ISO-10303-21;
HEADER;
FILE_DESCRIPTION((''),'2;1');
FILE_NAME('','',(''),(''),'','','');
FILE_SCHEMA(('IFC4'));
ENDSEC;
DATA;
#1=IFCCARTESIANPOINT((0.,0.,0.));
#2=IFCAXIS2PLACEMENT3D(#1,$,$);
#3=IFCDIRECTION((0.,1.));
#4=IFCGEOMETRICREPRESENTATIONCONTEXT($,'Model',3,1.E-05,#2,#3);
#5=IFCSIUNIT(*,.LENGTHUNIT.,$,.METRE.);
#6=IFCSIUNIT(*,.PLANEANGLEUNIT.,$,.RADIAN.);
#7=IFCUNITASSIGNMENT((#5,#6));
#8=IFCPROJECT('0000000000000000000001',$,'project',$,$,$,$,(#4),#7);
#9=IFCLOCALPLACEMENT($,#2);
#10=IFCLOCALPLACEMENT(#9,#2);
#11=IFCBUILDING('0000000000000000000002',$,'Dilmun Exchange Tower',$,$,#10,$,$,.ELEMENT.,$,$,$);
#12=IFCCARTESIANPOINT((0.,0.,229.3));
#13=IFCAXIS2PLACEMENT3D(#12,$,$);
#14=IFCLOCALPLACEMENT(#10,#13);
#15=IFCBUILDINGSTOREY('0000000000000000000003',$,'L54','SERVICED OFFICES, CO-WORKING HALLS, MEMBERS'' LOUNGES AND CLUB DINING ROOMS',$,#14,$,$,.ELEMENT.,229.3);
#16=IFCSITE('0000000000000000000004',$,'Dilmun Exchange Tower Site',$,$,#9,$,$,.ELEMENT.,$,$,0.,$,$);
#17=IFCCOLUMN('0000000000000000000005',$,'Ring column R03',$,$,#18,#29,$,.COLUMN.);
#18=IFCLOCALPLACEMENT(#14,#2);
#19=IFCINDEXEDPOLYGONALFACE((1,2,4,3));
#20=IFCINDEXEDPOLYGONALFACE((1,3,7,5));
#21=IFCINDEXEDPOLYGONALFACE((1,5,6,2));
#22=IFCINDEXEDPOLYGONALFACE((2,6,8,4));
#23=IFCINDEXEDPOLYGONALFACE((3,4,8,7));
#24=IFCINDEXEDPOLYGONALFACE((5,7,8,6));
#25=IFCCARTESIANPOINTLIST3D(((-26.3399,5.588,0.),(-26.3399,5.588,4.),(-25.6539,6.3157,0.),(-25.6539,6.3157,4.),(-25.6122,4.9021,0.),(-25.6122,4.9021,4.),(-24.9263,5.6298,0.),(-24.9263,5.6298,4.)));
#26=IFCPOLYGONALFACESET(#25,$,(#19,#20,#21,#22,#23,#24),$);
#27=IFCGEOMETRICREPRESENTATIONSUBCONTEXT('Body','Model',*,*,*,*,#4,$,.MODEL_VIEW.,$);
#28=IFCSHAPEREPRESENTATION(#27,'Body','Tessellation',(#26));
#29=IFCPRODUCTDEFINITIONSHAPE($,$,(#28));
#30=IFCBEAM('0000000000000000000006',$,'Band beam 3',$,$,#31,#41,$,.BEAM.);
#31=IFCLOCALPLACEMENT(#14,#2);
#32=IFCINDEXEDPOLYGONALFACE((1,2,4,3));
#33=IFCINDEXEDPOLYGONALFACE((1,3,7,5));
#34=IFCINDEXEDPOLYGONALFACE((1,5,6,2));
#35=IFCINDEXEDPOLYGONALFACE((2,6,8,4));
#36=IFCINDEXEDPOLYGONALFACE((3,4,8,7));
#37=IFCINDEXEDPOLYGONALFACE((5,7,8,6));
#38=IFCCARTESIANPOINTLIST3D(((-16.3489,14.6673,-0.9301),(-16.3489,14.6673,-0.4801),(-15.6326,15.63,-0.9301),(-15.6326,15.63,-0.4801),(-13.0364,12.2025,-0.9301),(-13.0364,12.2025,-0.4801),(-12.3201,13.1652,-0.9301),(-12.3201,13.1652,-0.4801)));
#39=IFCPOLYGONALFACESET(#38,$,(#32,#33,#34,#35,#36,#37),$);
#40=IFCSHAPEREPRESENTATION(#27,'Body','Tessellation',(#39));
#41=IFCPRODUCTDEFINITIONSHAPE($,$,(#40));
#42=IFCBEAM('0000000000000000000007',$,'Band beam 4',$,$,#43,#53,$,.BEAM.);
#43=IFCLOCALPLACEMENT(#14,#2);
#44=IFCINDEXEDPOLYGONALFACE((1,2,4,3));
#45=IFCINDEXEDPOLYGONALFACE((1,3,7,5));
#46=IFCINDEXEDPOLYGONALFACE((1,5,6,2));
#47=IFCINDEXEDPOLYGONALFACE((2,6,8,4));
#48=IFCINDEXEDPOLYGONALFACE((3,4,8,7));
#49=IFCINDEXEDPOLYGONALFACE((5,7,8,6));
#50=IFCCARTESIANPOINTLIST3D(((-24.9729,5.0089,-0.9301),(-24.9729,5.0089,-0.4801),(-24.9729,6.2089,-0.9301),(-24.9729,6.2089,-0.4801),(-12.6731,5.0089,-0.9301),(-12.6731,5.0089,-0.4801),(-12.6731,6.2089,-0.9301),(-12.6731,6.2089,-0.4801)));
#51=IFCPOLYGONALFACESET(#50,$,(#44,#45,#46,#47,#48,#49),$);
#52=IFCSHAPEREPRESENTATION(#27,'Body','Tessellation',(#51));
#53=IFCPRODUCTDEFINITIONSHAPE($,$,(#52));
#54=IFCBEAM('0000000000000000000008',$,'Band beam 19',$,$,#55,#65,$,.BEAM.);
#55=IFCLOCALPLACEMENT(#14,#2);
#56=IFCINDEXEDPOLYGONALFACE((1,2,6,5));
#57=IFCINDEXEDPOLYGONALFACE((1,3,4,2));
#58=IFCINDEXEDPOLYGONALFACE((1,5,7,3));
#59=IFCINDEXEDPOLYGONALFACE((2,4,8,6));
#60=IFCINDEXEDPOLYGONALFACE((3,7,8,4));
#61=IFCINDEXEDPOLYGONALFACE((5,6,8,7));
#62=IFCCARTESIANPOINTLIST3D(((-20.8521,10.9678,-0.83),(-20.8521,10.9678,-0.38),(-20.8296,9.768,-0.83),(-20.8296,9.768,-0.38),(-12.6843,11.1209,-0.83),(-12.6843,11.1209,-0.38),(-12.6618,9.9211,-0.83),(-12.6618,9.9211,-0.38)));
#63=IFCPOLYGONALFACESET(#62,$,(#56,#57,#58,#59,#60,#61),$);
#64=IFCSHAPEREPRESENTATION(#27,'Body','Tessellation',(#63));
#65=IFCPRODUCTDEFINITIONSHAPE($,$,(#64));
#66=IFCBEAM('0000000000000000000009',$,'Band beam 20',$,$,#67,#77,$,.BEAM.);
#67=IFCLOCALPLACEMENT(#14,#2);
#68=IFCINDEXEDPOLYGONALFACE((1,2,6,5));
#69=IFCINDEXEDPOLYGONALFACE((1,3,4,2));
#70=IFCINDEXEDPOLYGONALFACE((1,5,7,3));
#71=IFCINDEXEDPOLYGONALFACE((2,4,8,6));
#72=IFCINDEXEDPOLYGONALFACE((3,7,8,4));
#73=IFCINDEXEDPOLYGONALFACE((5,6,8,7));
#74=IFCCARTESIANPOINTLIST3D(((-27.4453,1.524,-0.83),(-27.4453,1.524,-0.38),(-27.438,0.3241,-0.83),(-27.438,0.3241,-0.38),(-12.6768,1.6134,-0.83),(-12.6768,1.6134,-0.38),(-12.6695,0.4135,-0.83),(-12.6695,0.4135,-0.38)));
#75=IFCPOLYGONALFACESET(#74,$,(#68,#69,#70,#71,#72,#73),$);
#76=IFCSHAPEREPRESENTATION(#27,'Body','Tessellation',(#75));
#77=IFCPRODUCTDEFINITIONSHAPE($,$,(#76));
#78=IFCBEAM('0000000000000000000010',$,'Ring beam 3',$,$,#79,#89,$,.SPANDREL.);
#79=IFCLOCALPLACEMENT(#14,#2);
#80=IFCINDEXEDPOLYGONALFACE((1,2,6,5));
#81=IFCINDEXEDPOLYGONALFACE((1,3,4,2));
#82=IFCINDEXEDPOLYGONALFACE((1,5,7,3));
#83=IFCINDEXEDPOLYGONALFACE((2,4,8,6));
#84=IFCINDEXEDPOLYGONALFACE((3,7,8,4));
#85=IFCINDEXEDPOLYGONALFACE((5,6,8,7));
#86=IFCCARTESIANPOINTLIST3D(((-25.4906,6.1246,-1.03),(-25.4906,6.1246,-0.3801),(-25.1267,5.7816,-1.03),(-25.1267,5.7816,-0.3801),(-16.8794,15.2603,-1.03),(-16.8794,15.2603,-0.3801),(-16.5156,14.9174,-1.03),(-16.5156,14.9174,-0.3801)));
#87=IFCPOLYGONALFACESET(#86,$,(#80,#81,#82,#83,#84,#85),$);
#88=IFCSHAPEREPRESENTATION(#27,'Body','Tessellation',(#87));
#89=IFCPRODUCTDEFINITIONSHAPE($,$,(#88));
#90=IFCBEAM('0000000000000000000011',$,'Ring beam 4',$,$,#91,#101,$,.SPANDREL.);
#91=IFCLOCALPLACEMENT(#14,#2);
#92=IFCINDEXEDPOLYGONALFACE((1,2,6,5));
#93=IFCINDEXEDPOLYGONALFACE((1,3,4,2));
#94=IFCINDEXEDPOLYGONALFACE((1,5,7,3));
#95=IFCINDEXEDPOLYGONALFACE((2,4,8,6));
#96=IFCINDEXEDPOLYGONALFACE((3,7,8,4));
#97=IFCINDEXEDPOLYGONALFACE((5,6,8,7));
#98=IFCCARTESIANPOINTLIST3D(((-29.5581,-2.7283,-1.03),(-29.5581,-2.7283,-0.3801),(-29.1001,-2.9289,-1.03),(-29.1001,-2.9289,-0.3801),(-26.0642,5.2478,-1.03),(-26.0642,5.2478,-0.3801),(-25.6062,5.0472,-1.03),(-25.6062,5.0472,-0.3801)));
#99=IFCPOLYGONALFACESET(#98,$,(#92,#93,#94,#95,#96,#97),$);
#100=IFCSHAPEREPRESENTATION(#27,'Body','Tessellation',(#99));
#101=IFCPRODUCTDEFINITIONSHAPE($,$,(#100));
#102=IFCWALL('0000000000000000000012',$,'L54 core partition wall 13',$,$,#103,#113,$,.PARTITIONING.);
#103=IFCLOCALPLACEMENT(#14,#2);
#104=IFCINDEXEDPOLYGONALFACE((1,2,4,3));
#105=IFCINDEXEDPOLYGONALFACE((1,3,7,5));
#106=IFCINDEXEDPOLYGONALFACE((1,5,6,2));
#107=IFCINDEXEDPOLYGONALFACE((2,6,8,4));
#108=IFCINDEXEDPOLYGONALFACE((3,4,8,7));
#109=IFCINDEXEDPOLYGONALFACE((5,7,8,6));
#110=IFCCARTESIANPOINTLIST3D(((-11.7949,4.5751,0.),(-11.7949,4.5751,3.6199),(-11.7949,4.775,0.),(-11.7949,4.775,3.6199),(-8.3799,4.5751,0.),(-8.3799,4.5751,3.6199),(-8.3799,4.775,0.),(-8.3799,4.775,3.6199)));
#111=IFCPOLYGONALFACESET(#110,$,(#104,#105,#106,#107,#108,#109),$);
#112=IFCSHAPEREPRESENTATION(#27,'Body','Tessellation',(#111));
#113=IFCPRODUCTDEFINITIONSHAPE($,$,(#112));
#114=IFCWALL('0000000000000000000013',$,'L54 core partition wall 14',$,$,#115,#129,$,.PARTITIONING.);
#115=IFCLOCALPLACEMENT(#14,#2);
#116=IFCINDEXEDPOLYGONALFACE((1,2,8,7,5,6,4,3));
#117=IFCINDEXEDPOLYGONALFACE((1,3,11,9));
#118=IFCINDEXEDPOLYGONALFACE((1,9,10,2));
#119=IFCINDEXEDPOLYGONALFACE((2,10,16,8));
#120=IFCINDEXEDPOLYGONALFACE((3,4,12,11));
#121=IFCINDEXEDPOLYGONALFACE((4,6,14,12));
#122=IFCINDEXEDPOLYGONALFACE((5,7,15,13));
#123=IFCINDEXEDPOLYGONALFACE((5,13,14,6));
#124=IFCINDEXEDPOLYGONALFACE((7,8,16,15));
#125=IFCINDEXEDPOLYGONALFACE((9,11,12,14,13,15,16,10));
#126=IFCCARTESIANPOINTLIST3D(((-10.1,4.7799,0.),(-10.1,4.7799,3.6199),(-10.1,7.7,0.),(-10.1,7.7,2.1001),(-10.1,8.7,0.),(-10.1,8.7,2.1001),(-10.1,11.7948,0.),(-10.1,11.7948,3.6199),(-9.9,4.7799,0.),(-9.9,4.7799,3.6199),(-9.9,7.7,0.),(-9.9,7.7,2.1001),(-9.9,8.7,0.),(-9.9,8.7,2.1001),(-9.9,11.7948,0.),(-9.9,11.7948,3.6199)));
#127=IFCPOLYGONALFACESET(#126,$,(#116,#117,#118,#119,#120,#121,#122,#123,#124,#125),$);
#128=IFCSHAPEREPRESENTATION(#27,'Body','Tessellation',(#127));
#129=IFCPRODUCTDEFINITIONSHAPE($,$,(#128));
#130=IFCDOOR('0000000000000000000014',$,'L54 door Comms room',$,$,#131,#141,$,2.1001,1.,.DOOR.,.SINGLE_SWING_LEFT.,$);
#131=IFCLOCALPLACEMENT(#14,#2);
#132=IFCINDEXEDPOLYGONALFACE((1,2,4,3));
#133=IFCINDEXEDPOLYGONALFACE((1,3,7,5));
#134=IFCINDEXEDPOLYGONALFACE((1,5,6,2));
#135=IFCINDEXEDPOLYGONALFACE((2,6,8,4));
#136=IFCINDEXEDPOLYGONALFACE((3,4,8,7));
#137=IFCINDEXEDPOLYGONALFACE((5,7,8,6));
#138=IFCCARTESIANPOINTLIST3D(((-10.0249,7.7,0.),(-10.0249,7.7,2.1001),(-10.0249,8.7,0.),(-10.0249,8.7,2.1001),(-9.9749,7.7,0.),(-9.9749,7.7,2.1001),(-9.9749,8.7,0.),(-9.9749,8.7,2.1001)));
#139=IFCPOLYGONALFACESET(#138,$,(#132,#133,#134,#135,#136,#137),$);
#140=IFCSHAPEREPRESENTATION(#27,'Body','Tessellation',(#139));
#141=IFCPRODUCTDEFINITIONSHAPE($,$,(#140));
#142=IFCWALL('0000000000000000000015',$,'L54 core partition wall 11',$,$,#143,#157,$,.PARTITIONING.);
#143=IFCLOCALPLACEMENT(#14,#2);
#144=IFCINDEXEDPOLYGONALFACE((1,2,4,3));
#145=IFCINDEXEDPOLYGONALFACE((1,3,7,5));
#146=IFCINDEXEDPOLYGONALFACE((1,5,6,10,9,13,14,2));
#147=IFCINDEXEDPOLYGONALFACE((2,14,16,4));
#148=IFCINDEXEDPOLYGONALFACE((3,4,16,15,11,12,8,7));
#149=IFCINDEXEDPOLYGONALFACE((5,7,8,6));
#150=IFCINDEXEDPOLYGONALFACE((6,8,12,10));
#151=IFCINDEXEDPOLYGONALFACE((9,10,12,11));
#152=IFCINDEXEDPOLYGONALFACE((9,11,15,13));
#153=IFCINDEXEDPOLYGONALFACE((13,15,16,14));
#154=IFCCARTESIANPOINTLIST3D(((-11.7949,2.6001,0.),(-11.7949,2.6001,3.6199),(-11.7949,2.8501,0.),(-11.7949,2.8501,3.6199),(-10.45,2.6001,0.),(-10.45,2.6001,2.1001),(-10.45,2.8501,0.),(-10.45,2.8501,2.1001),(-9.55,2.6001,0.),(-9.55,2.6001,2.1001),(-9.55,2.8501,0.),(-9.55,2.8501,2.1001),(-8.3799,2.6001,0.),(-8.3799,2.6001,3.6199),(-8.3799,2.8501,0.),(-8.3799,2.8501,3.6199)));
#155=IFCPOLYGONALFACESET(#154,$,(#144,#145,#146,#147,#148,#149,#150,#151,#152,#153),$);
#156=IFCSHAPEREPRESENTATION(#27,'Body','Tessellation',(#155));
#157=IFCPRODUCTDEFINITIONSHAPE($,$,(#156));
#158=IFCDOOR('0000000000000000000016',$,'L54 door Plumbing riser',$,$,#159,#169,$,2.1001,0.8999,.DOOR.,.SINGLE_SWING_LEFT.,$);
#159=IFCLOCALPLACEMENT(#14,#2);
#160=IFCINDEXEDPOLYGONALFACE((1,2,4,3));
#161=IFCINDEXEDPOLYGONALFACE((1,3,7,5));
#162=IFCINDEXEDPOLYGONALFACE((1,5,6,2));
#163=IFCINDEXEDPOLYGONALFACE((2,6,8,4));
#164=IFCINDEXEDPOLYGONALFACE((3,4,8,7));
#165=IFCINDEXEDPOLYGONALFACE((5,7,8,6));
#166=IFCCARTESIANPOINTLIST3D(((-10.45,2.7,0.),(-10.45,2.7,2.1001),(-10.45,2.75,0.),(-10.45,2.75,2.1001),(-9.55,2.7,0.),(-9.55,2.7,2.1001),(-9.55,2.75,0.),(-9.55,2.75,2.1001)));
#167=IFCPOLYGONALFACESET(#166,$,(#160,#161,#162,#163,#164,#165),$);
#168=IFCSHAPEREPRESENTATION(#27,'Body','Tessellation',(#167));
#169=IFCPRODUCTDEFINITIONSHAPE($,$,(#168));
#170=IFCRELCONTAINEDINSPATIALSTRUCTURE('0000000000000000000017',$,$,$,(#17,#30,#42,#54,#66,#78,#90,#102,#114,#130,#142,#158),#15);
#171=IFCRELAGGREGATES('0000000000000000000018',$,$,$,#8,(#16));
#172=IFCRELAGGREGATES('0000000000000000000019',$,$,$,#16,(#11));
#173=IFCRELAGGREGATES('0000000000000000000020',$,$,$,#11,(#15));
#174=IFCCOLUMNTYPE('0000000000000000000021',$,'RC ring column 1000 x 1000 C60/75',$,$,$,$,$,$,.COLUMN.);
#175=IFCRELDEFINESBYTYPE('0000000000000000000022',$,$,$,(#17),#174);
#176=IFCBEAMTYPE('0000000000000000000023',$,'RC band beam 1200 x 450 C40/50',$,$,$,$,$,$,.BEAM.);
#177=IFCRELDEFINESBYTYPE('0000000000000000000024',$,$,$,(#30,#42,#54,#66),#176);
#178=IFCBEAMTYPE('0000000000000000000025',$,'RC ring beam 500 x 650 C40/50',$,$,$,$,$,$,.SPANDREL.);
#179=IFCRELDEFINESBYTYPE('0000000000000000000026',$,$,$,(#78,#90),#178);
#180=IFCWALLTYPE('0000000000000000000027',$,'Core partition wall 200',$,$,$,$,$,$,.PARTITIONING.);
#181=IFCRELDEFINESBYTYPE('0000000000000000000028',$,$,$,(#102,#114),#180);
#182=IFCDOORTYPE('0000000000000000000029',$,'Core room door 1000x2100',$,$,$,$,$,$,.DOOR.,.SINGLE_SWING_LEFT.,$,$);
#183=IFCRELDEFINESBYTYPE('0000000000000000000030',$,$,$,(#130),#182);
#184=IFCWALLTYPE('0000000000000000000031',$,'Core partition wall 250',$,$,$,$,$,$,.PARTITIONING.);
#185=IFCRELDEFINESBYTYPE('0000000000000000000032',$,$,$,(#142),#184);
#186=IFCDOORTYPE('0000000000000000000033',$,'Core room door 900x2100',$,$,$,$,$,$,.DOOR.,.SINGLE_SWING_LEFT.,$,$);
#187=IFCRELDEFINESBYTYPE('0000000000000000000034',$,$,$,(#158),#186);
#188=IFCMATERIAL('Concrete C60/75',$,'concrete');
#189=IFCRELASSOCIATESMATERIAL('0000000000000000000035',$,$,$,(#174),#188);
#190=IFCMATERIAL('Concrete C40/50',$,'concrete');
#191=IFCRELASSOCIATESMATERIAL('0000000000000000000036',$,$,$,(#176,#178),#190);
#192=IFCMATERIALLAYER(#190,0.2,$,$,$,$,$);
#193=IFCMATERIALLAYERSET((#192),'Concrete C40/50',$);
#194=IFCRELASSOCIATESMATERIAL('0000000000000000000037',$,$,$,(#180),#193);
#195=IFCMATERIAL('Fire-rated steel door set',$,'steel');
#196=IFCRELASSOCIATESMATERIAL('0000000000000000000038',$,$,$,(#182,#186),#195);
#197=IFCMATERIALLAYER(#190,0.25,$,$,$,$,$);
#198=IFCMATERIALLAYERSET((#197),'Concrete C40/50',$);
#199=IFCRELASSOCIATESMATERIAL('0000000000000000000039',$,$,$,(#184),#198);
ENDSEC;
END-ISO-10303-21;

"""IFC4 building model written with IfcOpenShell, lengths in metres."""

from ifc_helpers import new_model, si_unit, direction, frame, frame_2d, origin, origin_2d, place, context, subcontext, project, spatial, rectangle, extrude, material, layer, layer_set, material_profile, profile_set, type_object, element, fill, save


model = new_model("IFC4")

# Units and contexts
model_context = context("Model", 3, precision=1e-05, world=origin(), true_north=direction((0.0, 1.0)))
body_context = subcontext(model_context, "Body", "Model", "MODEL_VIEW")
ifc_project = project(units=[si_unit("LENGTHUNIT", "METRE"), si_unit("PLANEANGLEUNIT", "RADIAN")], contexts=[model_context])

# Site, building, storey
site_placement = place(None, origin())
site = spatial("IfcSite", under=ifc_project, at=site_placement, Name="Dilmun Exchange Tower Site", CompositionType="ELEMENT", RefElevation=0.0)
building_placement = place(site_placement, origin())
building = spatial("IfcBuilding", under=site, at=building_placement, Name="Dilmun Exchange Tower", CompositionType="ELEMENT")
storey_placement = place(building_placement, frame((0.0, 0.0, 229.3)))
storey = spatial("IfcBuildingStorey", under=building, at=storey_placement, Name="L54", Description="SERVICED OFFICES, CO-WORKING HALLS, MEMBERS' LOUNGES AND CLUB DINING ROOMS", CompositionType="ELEMENT", Elevation=229.3)

# Column
ifc_material_1 = material(Name="Concrete C60/75", Category="concrete")
ifc_material_profile_1 = material_profile(ifc_material_1, rectangle(XDim=1.0, YDim=1.0, at=origin_2d()), Name="1000 x 1000")
ifc_profile_set_1 = profile_set([ifc_material_profile_1], Name="Concrete C60/75")
column_type = type_object("IfcColumnType", Name="RC ring column 1000 x 1000 C60/75", PredefinedType="COLUMN", material=ifc_profile_set_1)
column_placement = place(storey_placement, frame((-25.6331, 5.6089, 0.0), z_axis=(0.0, 0.0, 1.0), x_axis=(0.685916, 0.727681, 0.0)))
element("IfcColumn", 1, at=column_placement, inside=storey, type_object=column_type, Name="Ring column R03", PredefinedType="COLUMN", context=body_context, shape_type="SweptSolid", body=[
    extrude(rectangle(XDim=1.0, YDim=1.0, at=origin_2d()), origin(), (0.0, 0.0, 1.0), 4.0),
])

# Beams
ifc_material_2 = material(Name="Concrete C40/50", Category="concrete")
ifc_material_profile_2 = material_profile(ifc_material_2, rectangle(XDim=1.2, YDim=0.45, at=origin_2d()), Name="1200 x 450")
ifc_profile_set_2 = profile_set([ifc_material_profile_2], Name="Concrete C40/50")
beam_type_1 = type_object("IfcBeamType", Name="RC band beam 1200 x 450 C40/50", PredefinedType="BEAM", material=ifc_profile_set_2)
beam_1_placement = place(storey_placement, frame((-15.9907, 15.1487, -0.7051), z_axis=(0.802265, -0.596968, 0.0), x_axis=(0.596968, 0.802265, 0.0)))
element("IfcBeam", 2, at=beam_1_placement, inside=storey, type_object=beam_type_1, Name="Band beam 3", PredefinedType="BEAM", context=body_context, shape_type="SweptSolid", body=[
    extrude(rectangle(XDim=1.2, YDim=0.45, at=origin_2d()), origin(), (0.0, 0.0, 1.0), 4.1289),
])
beam_2_placement = place(storey_placement, frame((-24.9729, 5.6089, -0.7051), z_axis=(1.0, 0.0, 0.0), x_axis=(0.0, 1.0, 0.0)))
element("IfcBeam", 3, at=beam_2_placement, inside=storey, type_object=beam_type_1, Name="Band beam 4", PredefinedType="BEAM", context=body_context, shape_type="SweptSolid", body=[
    extrude(rectangle(XDim=1.2, YDim=0.45, at=origin_2d()), origin(), (0.0, 0.0, 1.0), 12.2998),
])
beam_3_placement = place(storey_placement, frame((-20.8408, 10.3679, -0.605), z_axis=(0.999824, 0.018738, 0.0), x_axis=(-0.018738, 0.999824, 0.0)))
element("IfcBeam", 4, at=beam_3_placement, inside=storey, type_object=beam_type_1, Name="Band beam 19", PredefinedType="BEAM", context=body_context, shape_type="SweptSolid", body=[
    extrude(rectangle(XDim=1.2, YDim=0.45, at=origin_2d()), origin(), (0.0, 0.0, 1.0), 8.1692),
])
beam_4_placement = place(storey_placement, frame((-27.4417, 0.9241, -0.605), z_axis=(0.999982, 0.00605, 0.0), x_axis=(-0.00605, 0.999982, 0.0)))
element("IfcBeam", 5, at=beam_4_placement, inside=storey, type_object=beam_type_1, Name="Band beam 20", PredefinedType="BEAM", context=body_context, shape_type="SweptSolid", body=[
    extrude(rectangle(XDim=1.2, YDim=0.45, at=origin_2d()), origin(), (0.0, 0.0, 1.0), 14.7688),
])
ifc_material_profile_3 = material_profile(ifc_material_2, rectangle(XDim=0.5, YDim=0.6499, at=origin_2d()), Name="500 x 650")
ifc_profile_set_3 = profile_set([ifc_material_profile_3], Name="Concrete C40/50")
beam_type_2 = type_object("IfcBeamType", Name="RC ring beam 500 x 650 C40/50", PredefinedType="SPANDREL", material=ifc_profile_set_3)
beam_5_placement = place(storey_placement, frame((-16.6975, 15.0889, -0.7051), z_axis=(-0.685903, -0.727693, 0.0), x_axis=(0.727693, -0.685903, 0.0)))
element("IfcBeam", 6, at=beam_5_placement, inside=storey, type_object=beam_type_2, Name="Ring beam 3", PredefinedType="SPANDREL", context=body_context, shape_type="SweptSolid", body=[
    extrude(rectangle(XDim=0.5, YDim=0.6499, at=origin_2d()), origin(), (0.0, 0.0, 1.0), 12.5544),
])
beam_6_placement = place(storey_placement, frame((-25.8352, 5.1475, -0.7051), z_axis=(-0.401239, -0.915973, 0.0), x_axis=(0.915973, -0.401239, 0.0)))
element("IfcBeam", 7, at=beam_6_placement, inside=storey, type_object=beam_type_2, Name="Ring beam 4", PredefinedType="SPANDREL", context=body_context, shape_type="SweptSolid", body=[
    extrude(rectangle(XDim=0.5, YDim=0.6499, at=origin_2d()), origin(), (0.0, 0.0, 1.0), 8.7078),
])

# Wall
ifc_layer_1 = layer(ifc_material_2, 0.2)
ifc_layer_set_1 = layer_set([ifc_layer_1], Name="Concrete C40/50")
wall_type_1 = type_object("IfcWallType", Name="Core partition wall 200", PredefinedType="PARTITIONING", material=ifc_layer_set_1)
wall_1_placement = place(storey_placement, frame((-11.7949, 4.675, 0.0), z_axis=(0.0, 0.0, 1.0), x_axis=(1.0, 0.0, 0.0)))
element("IfcWall", 8, at=wall_1_placement, inside=storey, type_object=wall_type_1, Name="L54 core partition wall 13", PredefinedType="PARTITIONING", context=body_context, shape_type="SweptSolid", body=[
    extrude(rectangle(XDim=3.415, YDim=0.2, at=frame_2d((1.7075, 0.0))), origin(), (0.0, 0.0, 1.0), 3.6199),
])

# Walls, openings, doors
wall_2_placement = place(storey_placement, frame((-10.0, 4.78, 0.0), z_axis=(0.0, 0.0, 1.0), x_axis=(0.0, 1.0, 0.0)))
wall_2 = element("IfcWall", 9, at=wall_2_placement, inside=storey, type_object=wall_type_1, Name="L54 core partition wall 14", PredefinedType="PARTITIONING", context=body_context, shape_type="SweptSolid", body=[
    extrude(rectangle(XDim=7.0149, YDim=0.2, at=frame_2d((3.5073, 0.0))), origin(), (0.0, 0.0, 1.0), 3.6199),
])
opening_1_placement = place(wall_2_placement, frame((2.9199, 0.0, 0.0)))
opening_1 = element("IfcOpeningElement", 10, at=opening_1_placement, cuts=wall_2, PredefinedType="OPENING", context=body_context, shape_type="SweptSolid", body=[
    extrude(rectangle(XDim=1.0, YDim=2.1001, at=frame_2d((0.5, 1.05))), frame((0.0, 0.1099, 0.0), z_axis=(0.0, -1.0, 0.0), x_axis=(1.0, 0.0, 0.0)), (0.0, 0.0, 1.0), 0.22),
])
ifc_material_3 = material(Name="Fire-rated steel door set", Category="steel")
door_type_1 = type_object("IfcDoorType", Name="Core room door 1000x2100", OperationType="SINGLE_SWING_LEFT", PredefinedType="DOOR", material=ifc_material_3)
door_1_placement = place(opening_1_placement, origin())
door_1 = element("IfcDoor", 11, at=door_1_placement, inside=storey, type_object=door_type_1, Name="L54 door Comms room", OperationType="SINGLE_SWING_LEFT", OverallHeight=2.1001, OverallWidth=1.0, PredefinedType="DOOR", context=body_context, shape_type="SweptSolid", body=[
    extrude(rectangle(XDim=1.0, YDim=2.1001, at=frame_2d((0.5, 1.05))), frame((0.0, 0.0249, 0.0), z_axis=(0.0, -1.0, 0.0), x_axis=(1.0, 0.0, 0.0)), (0.0, 0.0, 1.0), 0.05),
])
fill(opening_1, door_1)
ifc_layer_2 = layer(ifc_material_2, 0.25)
ifc_layer_set_2 = layer_set([ifc_layer_2], Name="Concrete C40/50")
wall_type_2 = type_object("IfcWallType", Name="Core partition wall 250", PredefinedType="PARTITIONING", material=ifc_layer_set_2)
wall_3_placement = place(storey_placement, frame((-11.7949, 2.7251, 0.0), z_axis=(0.0, 0.0, 1.0), x_axis=(1.0, 0.0, 0.0)))
wall_3 = element("IfcWall", 12, at=wall_3_placement, inside=storey, type_object=wall_type_2, Name="L54 core partition wall 11", PredefinedType="PARTITIONING", context=body_context, shape_type="SweptSolid", body=[
    extrude(rectangle(XDim=3.415, YDim=0.25, at=frame_2d((1.7075, 0.0))), origin(), (0.0, 0.0, 1.0), 3.6199),
])
opening_2_placement = place(wall_3_placement, frame((1.345, 0.0, 0.0)))
opening_2 = element("IfcOpeningElement", 13, at=opening_2_placement, cuts=wall_3, PredefinedType="OPENING", context=body_context, shape_type="SweptSolid", body=[
    extrude(rectangle(XDim=0.8999, YDim=2.1001, at=frame_2d((0.45, 1.05))), frame((0.0, 0.135, 0.0), z_axis=(0.0, -1.0, 0.0), x_axis=(1.0, 0.0, 0.0)), (0.0, 0.0, 1.0), 0.27),
])
door_type_2 = type_object("IfcDoorType", Name="Core room door 900x2100", OperationType="SINGLE_SWING_LEFT", PredefinedType="DOOR", material=ifc_material_3)
door_2_placement = place(opening_2_placement, origin())
door_2 = element("IfcDoor", 14, at=door_2_placement, inside=storey, type_object=door_type_2, Name="L54 door Plumbing riser", OperationType="SINGLE_SWING_LEFT", OverallHeight=2.1001, OverallWidth=0.8999, PredefinedType="DOOR", context=body_context, shape_type="SweptSolid", body=[
    extrude(rectangle(XDim=0.8999, YDim=2.1001, at=frame_2d((0.45, 1.05))), frame((0.0, 0.0249, 0.0), z_axis=(0.0, -1.0, 0.0), x_axis=(1.0, 0.0, 0.0)), (0.0, 0.0, 1.0), 0.05),
])
fill(opening_2, door_2)

save(model, "model.ifc")
